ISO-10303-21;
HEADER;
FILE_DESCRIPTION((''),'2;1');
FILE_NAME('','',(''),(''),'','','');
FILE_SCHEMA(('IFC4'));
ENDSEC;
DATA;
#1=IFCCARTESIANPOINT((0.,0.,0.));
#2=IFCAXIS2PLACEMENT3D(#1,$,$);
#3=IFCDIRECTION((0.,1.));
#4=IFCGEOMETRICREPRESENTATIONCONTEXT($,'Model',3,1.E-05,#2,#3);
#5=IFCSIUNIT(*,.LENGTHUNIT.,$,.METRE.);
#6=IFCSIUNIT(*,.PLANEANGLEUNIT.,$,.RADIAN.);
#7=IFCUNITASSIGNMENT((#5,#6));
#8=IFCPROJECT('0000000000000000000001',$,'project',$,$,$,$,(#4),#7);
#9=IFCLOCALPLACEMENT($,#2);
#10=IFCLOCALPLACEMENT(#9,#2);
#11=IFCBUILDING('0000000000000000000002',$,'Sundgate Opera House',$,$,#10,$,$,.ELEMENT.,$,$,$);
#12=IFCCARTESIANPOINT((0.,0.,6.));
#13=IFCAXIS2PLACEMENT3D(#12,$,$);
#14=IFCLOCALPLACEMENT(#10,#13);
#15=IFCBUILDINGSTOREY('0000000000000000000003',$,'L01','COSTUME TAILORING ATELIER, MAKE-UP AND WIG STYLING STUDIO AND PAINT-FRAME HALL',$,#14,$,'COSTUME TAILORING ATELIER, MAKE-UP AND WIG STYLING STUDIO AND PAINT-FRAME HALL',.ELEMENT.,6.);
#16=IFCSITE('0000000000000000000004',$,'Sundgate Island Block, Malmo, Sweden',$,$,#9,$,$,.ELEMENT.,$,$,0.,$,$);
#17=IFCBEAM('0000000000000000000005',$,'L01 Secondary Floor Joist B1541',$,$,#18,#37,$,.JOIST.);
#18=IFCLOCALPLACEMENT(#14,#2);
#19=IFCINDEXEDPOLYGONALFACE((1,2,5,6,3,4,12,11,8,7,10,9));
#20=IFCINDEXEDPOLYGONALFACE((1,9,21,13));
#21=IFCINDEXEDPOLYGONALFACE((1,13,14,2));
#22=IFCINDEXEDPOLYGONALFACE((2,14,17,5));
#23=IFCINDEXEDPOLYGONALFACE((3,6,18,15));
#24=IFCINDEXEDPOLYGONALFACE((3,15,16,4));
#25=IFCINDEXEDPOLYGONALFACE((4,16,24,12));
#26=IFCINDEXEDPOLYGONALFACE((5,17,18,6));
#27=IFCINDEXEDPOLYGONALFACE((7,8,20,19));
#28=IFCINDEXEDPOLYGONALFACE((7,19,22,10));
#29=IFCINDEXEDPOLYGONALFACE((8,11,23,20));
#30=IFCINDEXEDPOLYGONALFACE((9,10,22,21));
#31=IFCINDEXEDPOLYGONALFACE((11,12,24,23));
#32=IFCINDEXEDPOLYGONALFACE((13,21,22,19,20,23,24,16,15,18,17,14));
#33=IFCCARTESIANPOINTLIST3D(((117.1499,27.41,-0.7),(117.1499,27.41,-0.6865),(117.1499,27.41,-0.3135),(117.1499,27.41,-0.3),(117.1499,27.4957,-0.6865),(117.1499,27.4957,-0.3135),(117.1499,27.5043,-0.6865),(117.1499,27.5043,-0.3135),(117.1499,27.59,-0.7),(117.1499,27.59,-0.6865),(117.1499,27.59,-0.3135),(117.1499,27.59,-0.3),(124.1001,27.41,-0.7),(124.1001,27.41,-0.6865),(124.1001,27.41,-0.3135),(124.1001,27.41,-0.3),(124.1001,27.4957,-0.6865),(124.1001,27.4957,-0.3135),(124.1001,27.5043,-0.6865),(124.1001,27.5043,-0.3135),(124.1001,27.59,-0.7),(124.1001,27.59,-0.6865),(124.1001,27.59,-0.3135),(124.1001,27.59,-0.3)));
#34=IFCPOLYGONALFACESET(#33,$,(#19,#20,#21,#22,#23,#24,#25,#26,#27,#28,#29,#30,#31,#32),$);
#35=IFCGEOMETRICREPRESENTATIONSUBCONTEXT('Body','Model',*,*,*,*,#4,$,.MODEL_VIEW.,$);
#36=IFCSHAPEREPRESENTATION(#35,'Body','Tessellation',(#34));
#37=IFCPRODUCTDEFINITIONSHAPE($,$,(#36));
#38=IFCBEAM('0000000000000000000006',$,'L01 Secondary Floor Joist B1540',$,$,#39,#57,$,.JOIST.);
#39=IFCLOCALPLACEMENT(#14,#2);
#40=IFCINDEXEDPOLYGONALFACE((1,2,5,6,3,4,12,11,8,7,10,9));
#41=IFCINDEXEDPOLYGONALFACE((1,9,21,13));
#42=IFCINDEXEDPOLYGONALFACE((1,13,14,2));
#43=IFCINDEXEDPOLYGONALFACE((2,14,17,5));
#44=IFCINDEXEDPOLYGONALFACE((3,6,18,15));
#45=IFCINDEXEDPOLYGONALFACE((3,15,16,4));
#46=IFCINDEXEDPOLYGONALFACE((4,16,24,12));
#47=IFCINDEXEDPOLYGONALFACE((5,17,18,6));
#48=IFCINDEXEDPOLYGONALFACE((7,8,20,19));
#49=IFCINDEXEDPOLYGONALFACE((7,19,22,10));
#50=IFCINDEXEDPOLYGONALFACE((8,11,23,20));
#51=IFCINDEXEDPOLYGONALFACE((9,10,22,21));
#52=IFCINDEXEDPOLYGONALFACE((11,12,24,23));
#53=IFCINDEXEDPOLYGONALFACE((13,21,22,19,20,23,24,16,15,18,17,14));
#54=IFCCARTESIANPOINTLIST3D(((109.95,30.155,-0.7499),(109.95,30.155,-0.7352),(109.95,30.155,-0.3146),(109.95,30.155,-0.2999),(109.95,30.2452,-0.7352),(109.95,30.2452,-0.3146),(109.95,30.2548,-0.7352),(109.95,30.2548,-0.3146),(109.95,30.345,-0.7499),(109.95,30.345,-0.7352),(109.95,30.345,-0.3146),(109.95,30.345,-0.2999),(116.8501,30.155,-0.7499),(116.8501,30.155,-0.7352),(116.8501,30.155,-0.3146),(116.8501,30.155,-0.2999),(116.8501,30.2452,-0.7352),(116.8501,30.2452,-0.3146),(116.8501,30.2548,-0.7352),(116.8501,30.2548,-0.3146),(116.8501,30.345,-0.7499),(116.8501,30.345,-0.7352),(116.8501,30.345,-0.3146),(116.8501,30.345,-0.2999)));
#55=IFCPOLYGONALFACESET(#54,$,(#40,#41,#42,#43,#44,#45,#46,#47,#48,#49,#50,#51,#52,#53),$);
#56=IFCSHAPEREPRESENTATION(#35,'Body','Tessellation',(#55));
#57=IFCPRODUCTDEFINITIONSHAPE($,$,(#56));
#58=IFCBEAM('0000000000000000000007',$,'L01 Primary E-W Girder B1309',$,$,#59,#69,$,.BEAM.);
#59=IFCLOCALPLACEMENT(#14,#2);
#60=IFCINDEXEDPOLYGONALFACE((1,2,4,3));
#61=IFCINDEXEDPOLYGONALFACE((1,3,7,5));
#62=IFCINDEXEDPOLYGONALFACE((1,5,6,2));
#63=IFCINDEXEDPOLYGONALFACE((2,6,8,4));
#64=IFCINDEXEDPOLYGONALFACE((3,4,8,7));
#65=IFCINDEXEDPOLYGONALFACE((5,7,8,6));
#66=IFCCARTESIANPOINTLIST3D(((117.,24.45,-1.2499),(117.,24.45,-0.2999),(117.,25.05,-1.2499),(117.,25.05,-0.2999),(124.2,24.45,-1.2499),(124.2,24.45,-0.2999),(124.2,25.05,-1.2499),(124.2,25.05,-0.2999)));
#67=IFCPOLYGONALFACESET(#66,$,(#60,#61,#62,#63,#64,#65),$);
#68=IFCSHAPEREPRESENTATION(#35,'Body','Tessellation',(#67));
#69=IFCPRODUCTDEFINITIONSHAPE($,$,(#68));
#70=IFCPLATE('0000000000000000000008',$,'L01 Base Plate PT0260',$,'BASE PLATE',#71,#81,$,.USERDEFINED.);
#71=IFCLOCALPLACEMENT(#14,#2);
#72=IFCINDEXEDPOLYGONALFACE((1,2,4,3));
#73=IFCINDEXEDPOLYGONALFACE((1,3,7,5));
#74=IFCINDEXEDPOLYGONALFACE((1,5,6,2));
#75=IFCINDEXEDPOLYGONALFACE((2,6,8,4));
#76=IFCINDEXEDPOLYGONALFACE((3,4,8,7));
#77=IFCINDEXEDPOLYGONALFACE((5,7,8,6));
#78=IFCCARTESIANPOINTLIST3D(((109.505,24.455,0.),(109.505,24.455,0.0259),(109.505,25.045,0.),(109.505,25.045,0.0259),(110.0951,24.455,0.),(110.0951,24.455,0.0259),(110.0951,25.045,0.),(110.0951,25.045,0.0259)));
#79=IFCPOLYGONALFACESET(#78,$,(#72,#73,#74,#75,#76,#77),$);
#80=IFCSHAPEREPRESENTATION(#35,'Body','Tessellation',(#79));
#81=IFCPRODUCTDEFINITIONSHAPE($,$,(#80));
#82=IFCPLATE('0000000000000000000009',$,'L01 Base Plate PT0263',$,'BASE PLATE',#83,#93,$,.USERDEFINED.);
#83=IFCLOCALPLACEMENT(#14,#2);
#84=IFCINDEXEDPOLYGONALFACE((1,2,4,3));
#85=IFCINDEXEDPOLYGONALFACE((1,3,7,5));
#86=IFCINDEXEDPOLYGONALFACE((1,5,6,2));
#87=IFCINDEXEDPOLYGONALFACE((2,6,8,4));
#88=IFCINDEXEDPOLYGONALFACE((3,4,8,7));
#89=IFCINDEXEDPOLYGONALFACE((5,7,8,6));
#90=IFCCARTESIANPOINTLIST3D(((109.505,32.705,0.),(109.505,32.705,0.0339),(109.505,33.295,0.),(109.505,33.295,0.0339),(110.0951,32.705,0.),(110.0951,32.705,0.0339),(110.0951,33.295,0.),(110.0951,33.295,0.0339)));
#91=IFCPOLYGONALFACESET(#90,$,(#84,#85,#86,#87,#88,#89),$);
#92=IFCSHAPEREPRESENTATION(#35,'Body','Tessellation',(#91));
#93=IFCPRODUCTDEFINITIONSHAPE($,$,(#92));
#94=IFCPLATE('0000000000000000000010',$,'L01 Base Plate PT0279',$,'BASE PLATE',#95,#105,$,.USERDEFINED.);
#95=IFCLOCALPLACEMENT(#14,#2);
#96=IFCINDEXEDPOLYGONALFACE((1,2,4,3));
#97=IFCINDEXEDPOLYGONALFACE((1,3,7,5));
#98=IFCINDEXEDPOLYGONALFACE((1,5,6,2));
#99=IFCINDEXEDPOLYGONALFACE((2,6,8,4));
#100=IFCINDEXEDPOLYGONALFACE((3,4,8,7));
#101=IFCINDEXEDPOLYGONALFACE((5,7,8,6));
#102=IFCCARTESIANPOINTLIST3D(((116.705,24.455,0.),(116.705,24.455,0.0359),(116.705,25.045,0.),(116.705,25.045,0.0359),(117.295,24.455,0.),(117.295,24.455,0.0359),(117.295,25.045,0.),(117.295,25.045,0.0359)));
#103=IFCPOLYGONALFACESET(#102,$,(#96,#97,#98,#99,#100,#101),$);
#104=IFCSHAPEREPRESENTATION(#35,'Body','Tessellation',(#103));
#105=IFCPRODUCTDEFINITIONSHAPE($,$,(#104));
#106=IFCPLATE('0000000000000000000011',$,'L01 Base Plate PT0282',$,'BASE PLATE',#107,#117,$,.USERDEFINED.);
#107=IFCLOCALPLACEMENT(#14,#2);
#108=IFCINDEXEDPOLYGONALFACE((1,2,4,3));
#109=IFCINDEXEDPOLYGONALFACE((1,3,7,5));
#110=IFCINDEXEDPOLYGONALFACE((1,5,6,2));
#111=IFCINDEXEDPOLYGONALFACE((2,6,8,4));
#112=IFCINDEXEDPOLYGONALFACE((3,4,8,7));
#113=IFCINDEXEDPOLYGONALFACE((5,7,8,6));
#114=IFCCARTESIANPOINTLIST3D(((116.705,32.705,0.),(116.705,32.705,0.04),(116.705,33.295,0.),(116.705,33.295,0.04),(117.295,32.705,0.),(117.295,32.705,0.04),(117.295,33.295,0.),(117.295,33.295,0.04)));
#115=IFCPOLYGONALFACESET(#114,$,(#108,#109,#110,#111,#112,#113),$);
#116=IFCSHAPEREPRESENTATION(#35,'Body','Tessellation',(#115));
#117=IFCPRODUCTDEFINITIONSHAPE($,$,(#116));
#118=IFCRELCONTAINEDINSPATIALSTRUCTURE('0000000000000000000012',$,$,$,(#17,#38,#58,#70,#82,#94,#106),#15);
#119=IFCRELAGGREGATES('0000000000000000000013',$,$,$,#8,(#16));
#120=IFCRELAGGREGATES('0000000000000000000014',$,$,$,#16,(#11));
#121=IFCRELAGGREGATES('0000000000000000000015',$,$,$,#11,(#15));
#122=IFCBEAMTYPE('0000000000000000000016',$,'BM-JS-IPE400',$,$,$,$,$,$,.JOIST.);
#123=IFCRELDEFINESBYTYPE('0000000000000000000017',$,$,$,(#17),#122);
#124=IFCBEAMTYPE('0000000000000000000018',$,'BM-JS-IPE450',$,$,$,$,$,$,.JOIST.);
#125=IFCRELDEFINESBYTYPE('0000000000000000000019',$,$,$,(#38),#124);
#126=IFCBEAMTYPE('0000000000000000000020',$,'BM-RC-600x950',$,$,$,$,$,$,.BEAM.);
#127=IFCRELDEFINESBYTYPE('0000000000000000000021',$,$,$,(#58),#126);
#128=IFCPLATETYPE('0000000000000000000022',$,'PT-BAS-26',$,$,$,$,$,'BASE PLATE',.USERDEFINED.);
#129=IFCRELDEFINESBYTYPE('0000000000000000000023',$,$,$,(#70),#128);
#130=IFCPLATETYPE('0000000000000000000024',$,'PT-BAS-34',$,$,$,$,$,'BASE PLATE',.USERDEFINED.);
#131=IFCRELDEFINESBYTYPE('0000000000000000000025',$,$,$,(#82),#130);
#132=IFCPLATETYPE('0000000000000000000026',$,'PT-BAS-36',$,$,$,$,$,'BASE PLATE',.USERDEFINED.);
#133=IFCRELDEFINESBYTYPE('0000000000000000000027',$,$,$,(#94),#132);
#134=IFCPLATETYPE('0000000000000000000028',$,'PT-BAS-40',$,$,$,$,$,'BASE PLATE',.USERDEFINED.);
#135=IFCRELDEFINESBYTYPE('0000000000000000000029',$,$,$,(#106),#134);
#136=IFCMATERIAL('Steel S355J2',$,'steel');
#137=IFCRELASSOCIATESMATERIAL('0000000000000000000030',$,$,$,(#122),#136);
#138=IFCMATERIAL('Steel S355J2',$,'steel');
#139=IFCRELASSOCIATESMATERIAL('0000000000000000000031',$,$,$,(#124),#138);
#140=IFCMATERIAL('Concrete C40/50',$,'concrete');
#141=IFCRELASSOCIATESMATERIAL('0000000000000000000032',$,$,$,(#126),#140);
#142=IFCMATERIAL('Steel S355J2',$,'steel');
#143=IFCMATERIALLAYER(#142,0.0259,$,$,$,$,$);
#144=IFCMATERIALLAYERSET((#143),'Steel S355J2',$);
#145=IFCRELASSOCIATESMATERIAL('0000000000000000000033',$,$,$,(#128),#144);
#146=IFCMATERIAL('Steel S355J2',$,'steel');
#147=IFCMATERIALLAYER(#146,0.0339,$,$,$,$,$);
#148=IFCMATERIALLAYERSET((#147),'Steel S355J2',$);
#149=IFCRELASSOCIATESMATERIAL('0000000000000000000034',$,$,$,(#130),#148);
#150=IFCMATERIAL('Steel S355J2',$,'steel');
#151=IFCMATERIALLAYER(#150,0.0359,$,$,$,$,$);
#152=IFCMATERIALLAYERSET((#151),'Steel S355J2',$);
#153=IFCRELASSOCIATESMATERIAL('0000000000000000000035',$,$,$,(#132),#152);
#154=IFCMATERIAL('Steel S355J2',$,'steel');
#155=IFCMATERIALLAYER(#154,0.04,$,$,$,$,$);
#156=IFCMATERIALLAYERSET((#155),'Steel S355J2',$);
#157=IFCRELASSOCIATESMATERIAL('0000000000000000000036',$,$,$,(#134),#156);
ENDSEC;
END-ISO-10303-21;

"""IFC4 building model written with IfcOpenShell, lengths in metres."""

from ifc_helpers import new_model, si_unit, direction, frame, origin, origin_2d, place, context, subcontext, project, spatial, rectangle, i_section, extrude, material, layer, layer_set, material_profile, profile_set, type_object, element, save


model = new_model("IFC4")

# Units and contexts
model_context = context("Model", 3, precision=1e-05, world=origin(), true_north=direction((0.0, 1.0)))
body_context = subcontext(model_context, "Body", "Model", "MODEL_VIEW")
ifc_project = project(units=[si_unit("LENGTHUNIT", "METRE"), si_unit("PLANEANGLEUNIT", "RADIAN")], contexts=[model_context])

# Site, building, storey
site_placement = place(None, origin())
site = spatial("IfcSite", under=ifc_project, at=site_placement, Name="Sundgate Island Block, Malmo, Sweden", CompositionType="ELEMENT", RefElevation=0.0)
building_placement = place(site_placement, origin())
building = spatial("IfcBuilding", under=site, at=building_placement, Name="Sundgate Opera House", CompositionType="ELEMENT")
storey_placement = place(building_placement, frame((0.0, 0.0, 6.0)))
storey = spatial("IfcBuildingStorey", under=building, at=storey_placement, Name="L01", Description="COSTUME TAILORING ATELIER, MAKE-UP AND WIG STYLING STUDIO AND PAINT-FRAME HALL", LongName="COSTUME TAILORING ATELIER, MAKE-UP AND WIG STYLING STUDIO AND PAINT-FRAME HALL", CompositionType="ELEMENT", Elevation=6.0)

# Beams
ifc_material_1 = material(Name="Steel S355J2", Category="steel")
ifc_material_profile_1 = material_profile(ifc_material_1, i_section(OverallWidth=0.1799, OverallDepth=0.3999, WebThickness=0.0085, FlangeThickness=0.0134, at=origin_2d()), Name="IPE 400")
ifc_profile_set_1 = profile_set([ifc_material_profile_1], Name="Steel S355J2")
beam_type_1 = type_object("IfcBeamType", Name="BM-JS-IPE400", PredefinedType="JOIST", material=ifc_profile_set_1)
beam_1_placement = place(storey_placement, frame((117.1499, 27.5, -0.5), z_axis=(1.0, 0.0, 0.0), x_axis=(0.0, 1.0, 0.0)))
element("IfcBeam", 1, at=beam_1_placement, inside=storey, type_object=beam_type_1, Name="L01 Secondary Floor Joist B1541", PredefinedType="JOIST", context=body_context, shape_type="SweptSolid", body=[
    extrude(i_section(OverallWidth=0.1799, OverallDepth=0.3999, WebThickness=0.0085, FlangeThickness=0.0134, at=origin_2d()), origin(), (0.0, 0.0, 1.0), 6.9502),
])
ifc_material_2 = material(Name="Steel S355J2", Category="steel")
ifc_material_profile_2 = material_profile(ifc_material_2, i_section(OverallWidth=0.1899, OverallDepth=0.45, WebThickness=0.0095, FlangeThickness=0.0146, at=origin_2d()), Name="IPE 450")
ifc_profile_set_2 = profile_set([ifc_material_profile_2], Name="Steel S355J2")
beam_type_2 = type_object("IfcBeamType", Name="BM-JS-IPE450", PredefinedType="JOIST", material=ifc_profile_set_2)
beam_2_placement = place(storey_placement, frame((109.95, 30.25, -0.5249), z_axis=(1.0, 0.0, 0.0), x_axis=(0.0, 1.0, 0.0)))
element("IfcBeam", 2, at=beam_2_placement, inside=storey, type_object=beam_type_2, Name="L01 Secondary Floor Joist B1540", PredefinedType="JOIST", context=body_context, shape_type="SweptSolid", body=[
    extrude(i_section(OverallWidth=0.1899, OverallDepth=0.45, WebThickness=0.0095, FlangeThickness=0.0146, at=origin_2d()), origin(), (0.0, 0.0, 1.0), 6.9001),
])
ifc_material_3 = material(Name="Concrete C40/50", Category="concrete")
ifc_material_profile_3 = material_profile(ifc_material_3, rectangle(XDim=0.6001, YDim=0.95, at=origin_2d()), Name="RC 600x950")
ifc_profile_set_3 = profile_set([ifc_material_profile_3], Name="Concrete C40/50")
beam_type_3 = type_object("IfcBeamType", Name="BM-RC-600x950", PredefinedType="BEAM", material=ifc_profile_set_3)
beam_3_placement = place(storey_placement, frame((117.0, 24.75, -0.7749), z_axis=(1.0, 0.0, 0.0), x_axis=(0.0, 1.0, 0.0)))
element("IfcBeam", 3, at=beam_3_placement, inside=storey, type_object=beam_type_3, Name="L01 Primary E-W Girder B1309", PredefinedType="BEAM", context=body_context, shape_type="SweptSolid", body=[
    extrude(rectangle(XDim=0.6001, YDim=0.95, at=origin_2d()), origin(), (0.0, 0.0, 1.0), 7.2),
])

# Plates
ifc_material_4 = material(Name="Steel S355J2", Category="steel")
ifc_layer_1 = layer(ifc_material_4, 0.0259)
ifc_layer_set_1 = layer_set([ifc_layer_1], Name="Steel S355J2")
plate_type_1 = type_object("IfcPlateType", Name="PT-BAS-26", ElementType="BASE PLATE", PredefinedType="USERDEFINED", material=ifc_layer_set_1)
plate_1_placement = place(storey_placement, frame((109.8, 24.75, 0.0), z_axis=(0.0, 0.0, 1.0), x_axis=(1.0, 0.0, 0.0)))
element("IfcPlate", 4, at=plate_1_placement, inside=storey, type_object=plate_type_1, Name="L01 Base Plate PT0260", ObjectType="BASE PLATE", PredefinedType="USERDEFINED", context=body_context, shape_type="SweptSolid", body=[
    extrude(rectangle(XDim=0.5901, YDim=0.5901, at=origin_2d()), origin(), (0.0, 0.0, 1.0), 0.0259),
])
ifc_material_5 = material(Name="Steel S355J2", Category="steel")
ifc_layer_2 = layer(ifc_material_5, 0.0339)
ifc_layer_set_2 = layer_set([ifc_layer_2], Name="Steel S355J2")
plate_type_2 = type_object("IfcPlateType", Name="PT-BAS-34", ElementType="BASE PLATE", PredefinedType="USERDEFINED", material=ifc_layer_set_2)
plate_2_placement = place(storey_placement, frame((109.8, 33.0, 0.0), z_axis=(0.0, 0.0, 1.0), x_axis=(1.0, 0.0, 0.0)))
element("IfcPlate", 5, at=plate_2_placement, inside=storey, type_object=plate_type_2, Name="L01 Base Plate PT0263", ObjectType="BASE PLATE", PredefinedType="USERDEFINED", context=body_context, shape_type="SweptSolid", body=[
    extrude(rectangle(XDim=0.5901, YDim=0.5901, at=origin_2d()), origin(), (0.0, 0.0, 1.0), 0.0339),
])
ifc_material_6 = material(Name="Steel S355J2", Category="steel")
ifc_layer_3 = layer(ifc_material_6, 0.0359)
ifc_layer_set_3 = layer_set([ifc_layer_3], Name="Steel S355J2")
plate_type_3 = type_object("IfcPlateType", Name="PT-BAS-36", ElementType="BASE PLATE", PredefinedType="USERDEFINED", material=ifc_layer_set_3)
plate_3_placement = place(storey_placement, frame((117.0, 24.75, 0.0), z_axis=(0.0, 0.0, 1.0), x_axis=(1.0, 0.0, 0.0)))
element("IfcPlate", 6, at=plate_3_placement, inside=storey, type_object=plate_type_3, Name="L01 Base Plate PT0279", ObjectType="BASE PLATE", PredefinedType="USERDEFINED", context=body_context, shape_type="SweptSolid", body=[
    extrude(rectangle(XDim=0.5901, YDim=0.5901, at=origin_2d()), origin(), (0.0, 0.0, 1.0), 0.0359),
])
ifc_material_7 = material(Name="Steel S355J2", Category="steel")
ifc_layer_4 = layer(ifc_material_7, 0.04)
ifc_layer_set_4 = layer_set([ifc_layer_4], Name="Steel S355J2")
plate_type_4 = type_object("IfcPlateType", Name="PT-BAS-40", ElementType="BASE PLATE", PredefinedType="USERDEFINED", material=ifc_layer_set_4)
plate_4_placement = place(storey_placement, frame((117.0, 33.0, 0.0), z_axis=(0.0, 0.0, 1.0), x_axis=(1.0, 0.0, 0.0)))
element("IfcPlate", 7, at=plate_4_placement, inside=storey, type_object=plate_type_4, Name="L01 Base Plate PT0282", ObjectType="BASE PLATE", PredefinedType="USERDEFINED", context=body_context, shape_type="SweptSolid", body=[
    extrude(rectangle(XDim=0.5901, YDim=0.5901, at=origin_2d()), origin(), (0.0, 0.0, 1.0), 0.04),
])

save(model, "model.ifc")
